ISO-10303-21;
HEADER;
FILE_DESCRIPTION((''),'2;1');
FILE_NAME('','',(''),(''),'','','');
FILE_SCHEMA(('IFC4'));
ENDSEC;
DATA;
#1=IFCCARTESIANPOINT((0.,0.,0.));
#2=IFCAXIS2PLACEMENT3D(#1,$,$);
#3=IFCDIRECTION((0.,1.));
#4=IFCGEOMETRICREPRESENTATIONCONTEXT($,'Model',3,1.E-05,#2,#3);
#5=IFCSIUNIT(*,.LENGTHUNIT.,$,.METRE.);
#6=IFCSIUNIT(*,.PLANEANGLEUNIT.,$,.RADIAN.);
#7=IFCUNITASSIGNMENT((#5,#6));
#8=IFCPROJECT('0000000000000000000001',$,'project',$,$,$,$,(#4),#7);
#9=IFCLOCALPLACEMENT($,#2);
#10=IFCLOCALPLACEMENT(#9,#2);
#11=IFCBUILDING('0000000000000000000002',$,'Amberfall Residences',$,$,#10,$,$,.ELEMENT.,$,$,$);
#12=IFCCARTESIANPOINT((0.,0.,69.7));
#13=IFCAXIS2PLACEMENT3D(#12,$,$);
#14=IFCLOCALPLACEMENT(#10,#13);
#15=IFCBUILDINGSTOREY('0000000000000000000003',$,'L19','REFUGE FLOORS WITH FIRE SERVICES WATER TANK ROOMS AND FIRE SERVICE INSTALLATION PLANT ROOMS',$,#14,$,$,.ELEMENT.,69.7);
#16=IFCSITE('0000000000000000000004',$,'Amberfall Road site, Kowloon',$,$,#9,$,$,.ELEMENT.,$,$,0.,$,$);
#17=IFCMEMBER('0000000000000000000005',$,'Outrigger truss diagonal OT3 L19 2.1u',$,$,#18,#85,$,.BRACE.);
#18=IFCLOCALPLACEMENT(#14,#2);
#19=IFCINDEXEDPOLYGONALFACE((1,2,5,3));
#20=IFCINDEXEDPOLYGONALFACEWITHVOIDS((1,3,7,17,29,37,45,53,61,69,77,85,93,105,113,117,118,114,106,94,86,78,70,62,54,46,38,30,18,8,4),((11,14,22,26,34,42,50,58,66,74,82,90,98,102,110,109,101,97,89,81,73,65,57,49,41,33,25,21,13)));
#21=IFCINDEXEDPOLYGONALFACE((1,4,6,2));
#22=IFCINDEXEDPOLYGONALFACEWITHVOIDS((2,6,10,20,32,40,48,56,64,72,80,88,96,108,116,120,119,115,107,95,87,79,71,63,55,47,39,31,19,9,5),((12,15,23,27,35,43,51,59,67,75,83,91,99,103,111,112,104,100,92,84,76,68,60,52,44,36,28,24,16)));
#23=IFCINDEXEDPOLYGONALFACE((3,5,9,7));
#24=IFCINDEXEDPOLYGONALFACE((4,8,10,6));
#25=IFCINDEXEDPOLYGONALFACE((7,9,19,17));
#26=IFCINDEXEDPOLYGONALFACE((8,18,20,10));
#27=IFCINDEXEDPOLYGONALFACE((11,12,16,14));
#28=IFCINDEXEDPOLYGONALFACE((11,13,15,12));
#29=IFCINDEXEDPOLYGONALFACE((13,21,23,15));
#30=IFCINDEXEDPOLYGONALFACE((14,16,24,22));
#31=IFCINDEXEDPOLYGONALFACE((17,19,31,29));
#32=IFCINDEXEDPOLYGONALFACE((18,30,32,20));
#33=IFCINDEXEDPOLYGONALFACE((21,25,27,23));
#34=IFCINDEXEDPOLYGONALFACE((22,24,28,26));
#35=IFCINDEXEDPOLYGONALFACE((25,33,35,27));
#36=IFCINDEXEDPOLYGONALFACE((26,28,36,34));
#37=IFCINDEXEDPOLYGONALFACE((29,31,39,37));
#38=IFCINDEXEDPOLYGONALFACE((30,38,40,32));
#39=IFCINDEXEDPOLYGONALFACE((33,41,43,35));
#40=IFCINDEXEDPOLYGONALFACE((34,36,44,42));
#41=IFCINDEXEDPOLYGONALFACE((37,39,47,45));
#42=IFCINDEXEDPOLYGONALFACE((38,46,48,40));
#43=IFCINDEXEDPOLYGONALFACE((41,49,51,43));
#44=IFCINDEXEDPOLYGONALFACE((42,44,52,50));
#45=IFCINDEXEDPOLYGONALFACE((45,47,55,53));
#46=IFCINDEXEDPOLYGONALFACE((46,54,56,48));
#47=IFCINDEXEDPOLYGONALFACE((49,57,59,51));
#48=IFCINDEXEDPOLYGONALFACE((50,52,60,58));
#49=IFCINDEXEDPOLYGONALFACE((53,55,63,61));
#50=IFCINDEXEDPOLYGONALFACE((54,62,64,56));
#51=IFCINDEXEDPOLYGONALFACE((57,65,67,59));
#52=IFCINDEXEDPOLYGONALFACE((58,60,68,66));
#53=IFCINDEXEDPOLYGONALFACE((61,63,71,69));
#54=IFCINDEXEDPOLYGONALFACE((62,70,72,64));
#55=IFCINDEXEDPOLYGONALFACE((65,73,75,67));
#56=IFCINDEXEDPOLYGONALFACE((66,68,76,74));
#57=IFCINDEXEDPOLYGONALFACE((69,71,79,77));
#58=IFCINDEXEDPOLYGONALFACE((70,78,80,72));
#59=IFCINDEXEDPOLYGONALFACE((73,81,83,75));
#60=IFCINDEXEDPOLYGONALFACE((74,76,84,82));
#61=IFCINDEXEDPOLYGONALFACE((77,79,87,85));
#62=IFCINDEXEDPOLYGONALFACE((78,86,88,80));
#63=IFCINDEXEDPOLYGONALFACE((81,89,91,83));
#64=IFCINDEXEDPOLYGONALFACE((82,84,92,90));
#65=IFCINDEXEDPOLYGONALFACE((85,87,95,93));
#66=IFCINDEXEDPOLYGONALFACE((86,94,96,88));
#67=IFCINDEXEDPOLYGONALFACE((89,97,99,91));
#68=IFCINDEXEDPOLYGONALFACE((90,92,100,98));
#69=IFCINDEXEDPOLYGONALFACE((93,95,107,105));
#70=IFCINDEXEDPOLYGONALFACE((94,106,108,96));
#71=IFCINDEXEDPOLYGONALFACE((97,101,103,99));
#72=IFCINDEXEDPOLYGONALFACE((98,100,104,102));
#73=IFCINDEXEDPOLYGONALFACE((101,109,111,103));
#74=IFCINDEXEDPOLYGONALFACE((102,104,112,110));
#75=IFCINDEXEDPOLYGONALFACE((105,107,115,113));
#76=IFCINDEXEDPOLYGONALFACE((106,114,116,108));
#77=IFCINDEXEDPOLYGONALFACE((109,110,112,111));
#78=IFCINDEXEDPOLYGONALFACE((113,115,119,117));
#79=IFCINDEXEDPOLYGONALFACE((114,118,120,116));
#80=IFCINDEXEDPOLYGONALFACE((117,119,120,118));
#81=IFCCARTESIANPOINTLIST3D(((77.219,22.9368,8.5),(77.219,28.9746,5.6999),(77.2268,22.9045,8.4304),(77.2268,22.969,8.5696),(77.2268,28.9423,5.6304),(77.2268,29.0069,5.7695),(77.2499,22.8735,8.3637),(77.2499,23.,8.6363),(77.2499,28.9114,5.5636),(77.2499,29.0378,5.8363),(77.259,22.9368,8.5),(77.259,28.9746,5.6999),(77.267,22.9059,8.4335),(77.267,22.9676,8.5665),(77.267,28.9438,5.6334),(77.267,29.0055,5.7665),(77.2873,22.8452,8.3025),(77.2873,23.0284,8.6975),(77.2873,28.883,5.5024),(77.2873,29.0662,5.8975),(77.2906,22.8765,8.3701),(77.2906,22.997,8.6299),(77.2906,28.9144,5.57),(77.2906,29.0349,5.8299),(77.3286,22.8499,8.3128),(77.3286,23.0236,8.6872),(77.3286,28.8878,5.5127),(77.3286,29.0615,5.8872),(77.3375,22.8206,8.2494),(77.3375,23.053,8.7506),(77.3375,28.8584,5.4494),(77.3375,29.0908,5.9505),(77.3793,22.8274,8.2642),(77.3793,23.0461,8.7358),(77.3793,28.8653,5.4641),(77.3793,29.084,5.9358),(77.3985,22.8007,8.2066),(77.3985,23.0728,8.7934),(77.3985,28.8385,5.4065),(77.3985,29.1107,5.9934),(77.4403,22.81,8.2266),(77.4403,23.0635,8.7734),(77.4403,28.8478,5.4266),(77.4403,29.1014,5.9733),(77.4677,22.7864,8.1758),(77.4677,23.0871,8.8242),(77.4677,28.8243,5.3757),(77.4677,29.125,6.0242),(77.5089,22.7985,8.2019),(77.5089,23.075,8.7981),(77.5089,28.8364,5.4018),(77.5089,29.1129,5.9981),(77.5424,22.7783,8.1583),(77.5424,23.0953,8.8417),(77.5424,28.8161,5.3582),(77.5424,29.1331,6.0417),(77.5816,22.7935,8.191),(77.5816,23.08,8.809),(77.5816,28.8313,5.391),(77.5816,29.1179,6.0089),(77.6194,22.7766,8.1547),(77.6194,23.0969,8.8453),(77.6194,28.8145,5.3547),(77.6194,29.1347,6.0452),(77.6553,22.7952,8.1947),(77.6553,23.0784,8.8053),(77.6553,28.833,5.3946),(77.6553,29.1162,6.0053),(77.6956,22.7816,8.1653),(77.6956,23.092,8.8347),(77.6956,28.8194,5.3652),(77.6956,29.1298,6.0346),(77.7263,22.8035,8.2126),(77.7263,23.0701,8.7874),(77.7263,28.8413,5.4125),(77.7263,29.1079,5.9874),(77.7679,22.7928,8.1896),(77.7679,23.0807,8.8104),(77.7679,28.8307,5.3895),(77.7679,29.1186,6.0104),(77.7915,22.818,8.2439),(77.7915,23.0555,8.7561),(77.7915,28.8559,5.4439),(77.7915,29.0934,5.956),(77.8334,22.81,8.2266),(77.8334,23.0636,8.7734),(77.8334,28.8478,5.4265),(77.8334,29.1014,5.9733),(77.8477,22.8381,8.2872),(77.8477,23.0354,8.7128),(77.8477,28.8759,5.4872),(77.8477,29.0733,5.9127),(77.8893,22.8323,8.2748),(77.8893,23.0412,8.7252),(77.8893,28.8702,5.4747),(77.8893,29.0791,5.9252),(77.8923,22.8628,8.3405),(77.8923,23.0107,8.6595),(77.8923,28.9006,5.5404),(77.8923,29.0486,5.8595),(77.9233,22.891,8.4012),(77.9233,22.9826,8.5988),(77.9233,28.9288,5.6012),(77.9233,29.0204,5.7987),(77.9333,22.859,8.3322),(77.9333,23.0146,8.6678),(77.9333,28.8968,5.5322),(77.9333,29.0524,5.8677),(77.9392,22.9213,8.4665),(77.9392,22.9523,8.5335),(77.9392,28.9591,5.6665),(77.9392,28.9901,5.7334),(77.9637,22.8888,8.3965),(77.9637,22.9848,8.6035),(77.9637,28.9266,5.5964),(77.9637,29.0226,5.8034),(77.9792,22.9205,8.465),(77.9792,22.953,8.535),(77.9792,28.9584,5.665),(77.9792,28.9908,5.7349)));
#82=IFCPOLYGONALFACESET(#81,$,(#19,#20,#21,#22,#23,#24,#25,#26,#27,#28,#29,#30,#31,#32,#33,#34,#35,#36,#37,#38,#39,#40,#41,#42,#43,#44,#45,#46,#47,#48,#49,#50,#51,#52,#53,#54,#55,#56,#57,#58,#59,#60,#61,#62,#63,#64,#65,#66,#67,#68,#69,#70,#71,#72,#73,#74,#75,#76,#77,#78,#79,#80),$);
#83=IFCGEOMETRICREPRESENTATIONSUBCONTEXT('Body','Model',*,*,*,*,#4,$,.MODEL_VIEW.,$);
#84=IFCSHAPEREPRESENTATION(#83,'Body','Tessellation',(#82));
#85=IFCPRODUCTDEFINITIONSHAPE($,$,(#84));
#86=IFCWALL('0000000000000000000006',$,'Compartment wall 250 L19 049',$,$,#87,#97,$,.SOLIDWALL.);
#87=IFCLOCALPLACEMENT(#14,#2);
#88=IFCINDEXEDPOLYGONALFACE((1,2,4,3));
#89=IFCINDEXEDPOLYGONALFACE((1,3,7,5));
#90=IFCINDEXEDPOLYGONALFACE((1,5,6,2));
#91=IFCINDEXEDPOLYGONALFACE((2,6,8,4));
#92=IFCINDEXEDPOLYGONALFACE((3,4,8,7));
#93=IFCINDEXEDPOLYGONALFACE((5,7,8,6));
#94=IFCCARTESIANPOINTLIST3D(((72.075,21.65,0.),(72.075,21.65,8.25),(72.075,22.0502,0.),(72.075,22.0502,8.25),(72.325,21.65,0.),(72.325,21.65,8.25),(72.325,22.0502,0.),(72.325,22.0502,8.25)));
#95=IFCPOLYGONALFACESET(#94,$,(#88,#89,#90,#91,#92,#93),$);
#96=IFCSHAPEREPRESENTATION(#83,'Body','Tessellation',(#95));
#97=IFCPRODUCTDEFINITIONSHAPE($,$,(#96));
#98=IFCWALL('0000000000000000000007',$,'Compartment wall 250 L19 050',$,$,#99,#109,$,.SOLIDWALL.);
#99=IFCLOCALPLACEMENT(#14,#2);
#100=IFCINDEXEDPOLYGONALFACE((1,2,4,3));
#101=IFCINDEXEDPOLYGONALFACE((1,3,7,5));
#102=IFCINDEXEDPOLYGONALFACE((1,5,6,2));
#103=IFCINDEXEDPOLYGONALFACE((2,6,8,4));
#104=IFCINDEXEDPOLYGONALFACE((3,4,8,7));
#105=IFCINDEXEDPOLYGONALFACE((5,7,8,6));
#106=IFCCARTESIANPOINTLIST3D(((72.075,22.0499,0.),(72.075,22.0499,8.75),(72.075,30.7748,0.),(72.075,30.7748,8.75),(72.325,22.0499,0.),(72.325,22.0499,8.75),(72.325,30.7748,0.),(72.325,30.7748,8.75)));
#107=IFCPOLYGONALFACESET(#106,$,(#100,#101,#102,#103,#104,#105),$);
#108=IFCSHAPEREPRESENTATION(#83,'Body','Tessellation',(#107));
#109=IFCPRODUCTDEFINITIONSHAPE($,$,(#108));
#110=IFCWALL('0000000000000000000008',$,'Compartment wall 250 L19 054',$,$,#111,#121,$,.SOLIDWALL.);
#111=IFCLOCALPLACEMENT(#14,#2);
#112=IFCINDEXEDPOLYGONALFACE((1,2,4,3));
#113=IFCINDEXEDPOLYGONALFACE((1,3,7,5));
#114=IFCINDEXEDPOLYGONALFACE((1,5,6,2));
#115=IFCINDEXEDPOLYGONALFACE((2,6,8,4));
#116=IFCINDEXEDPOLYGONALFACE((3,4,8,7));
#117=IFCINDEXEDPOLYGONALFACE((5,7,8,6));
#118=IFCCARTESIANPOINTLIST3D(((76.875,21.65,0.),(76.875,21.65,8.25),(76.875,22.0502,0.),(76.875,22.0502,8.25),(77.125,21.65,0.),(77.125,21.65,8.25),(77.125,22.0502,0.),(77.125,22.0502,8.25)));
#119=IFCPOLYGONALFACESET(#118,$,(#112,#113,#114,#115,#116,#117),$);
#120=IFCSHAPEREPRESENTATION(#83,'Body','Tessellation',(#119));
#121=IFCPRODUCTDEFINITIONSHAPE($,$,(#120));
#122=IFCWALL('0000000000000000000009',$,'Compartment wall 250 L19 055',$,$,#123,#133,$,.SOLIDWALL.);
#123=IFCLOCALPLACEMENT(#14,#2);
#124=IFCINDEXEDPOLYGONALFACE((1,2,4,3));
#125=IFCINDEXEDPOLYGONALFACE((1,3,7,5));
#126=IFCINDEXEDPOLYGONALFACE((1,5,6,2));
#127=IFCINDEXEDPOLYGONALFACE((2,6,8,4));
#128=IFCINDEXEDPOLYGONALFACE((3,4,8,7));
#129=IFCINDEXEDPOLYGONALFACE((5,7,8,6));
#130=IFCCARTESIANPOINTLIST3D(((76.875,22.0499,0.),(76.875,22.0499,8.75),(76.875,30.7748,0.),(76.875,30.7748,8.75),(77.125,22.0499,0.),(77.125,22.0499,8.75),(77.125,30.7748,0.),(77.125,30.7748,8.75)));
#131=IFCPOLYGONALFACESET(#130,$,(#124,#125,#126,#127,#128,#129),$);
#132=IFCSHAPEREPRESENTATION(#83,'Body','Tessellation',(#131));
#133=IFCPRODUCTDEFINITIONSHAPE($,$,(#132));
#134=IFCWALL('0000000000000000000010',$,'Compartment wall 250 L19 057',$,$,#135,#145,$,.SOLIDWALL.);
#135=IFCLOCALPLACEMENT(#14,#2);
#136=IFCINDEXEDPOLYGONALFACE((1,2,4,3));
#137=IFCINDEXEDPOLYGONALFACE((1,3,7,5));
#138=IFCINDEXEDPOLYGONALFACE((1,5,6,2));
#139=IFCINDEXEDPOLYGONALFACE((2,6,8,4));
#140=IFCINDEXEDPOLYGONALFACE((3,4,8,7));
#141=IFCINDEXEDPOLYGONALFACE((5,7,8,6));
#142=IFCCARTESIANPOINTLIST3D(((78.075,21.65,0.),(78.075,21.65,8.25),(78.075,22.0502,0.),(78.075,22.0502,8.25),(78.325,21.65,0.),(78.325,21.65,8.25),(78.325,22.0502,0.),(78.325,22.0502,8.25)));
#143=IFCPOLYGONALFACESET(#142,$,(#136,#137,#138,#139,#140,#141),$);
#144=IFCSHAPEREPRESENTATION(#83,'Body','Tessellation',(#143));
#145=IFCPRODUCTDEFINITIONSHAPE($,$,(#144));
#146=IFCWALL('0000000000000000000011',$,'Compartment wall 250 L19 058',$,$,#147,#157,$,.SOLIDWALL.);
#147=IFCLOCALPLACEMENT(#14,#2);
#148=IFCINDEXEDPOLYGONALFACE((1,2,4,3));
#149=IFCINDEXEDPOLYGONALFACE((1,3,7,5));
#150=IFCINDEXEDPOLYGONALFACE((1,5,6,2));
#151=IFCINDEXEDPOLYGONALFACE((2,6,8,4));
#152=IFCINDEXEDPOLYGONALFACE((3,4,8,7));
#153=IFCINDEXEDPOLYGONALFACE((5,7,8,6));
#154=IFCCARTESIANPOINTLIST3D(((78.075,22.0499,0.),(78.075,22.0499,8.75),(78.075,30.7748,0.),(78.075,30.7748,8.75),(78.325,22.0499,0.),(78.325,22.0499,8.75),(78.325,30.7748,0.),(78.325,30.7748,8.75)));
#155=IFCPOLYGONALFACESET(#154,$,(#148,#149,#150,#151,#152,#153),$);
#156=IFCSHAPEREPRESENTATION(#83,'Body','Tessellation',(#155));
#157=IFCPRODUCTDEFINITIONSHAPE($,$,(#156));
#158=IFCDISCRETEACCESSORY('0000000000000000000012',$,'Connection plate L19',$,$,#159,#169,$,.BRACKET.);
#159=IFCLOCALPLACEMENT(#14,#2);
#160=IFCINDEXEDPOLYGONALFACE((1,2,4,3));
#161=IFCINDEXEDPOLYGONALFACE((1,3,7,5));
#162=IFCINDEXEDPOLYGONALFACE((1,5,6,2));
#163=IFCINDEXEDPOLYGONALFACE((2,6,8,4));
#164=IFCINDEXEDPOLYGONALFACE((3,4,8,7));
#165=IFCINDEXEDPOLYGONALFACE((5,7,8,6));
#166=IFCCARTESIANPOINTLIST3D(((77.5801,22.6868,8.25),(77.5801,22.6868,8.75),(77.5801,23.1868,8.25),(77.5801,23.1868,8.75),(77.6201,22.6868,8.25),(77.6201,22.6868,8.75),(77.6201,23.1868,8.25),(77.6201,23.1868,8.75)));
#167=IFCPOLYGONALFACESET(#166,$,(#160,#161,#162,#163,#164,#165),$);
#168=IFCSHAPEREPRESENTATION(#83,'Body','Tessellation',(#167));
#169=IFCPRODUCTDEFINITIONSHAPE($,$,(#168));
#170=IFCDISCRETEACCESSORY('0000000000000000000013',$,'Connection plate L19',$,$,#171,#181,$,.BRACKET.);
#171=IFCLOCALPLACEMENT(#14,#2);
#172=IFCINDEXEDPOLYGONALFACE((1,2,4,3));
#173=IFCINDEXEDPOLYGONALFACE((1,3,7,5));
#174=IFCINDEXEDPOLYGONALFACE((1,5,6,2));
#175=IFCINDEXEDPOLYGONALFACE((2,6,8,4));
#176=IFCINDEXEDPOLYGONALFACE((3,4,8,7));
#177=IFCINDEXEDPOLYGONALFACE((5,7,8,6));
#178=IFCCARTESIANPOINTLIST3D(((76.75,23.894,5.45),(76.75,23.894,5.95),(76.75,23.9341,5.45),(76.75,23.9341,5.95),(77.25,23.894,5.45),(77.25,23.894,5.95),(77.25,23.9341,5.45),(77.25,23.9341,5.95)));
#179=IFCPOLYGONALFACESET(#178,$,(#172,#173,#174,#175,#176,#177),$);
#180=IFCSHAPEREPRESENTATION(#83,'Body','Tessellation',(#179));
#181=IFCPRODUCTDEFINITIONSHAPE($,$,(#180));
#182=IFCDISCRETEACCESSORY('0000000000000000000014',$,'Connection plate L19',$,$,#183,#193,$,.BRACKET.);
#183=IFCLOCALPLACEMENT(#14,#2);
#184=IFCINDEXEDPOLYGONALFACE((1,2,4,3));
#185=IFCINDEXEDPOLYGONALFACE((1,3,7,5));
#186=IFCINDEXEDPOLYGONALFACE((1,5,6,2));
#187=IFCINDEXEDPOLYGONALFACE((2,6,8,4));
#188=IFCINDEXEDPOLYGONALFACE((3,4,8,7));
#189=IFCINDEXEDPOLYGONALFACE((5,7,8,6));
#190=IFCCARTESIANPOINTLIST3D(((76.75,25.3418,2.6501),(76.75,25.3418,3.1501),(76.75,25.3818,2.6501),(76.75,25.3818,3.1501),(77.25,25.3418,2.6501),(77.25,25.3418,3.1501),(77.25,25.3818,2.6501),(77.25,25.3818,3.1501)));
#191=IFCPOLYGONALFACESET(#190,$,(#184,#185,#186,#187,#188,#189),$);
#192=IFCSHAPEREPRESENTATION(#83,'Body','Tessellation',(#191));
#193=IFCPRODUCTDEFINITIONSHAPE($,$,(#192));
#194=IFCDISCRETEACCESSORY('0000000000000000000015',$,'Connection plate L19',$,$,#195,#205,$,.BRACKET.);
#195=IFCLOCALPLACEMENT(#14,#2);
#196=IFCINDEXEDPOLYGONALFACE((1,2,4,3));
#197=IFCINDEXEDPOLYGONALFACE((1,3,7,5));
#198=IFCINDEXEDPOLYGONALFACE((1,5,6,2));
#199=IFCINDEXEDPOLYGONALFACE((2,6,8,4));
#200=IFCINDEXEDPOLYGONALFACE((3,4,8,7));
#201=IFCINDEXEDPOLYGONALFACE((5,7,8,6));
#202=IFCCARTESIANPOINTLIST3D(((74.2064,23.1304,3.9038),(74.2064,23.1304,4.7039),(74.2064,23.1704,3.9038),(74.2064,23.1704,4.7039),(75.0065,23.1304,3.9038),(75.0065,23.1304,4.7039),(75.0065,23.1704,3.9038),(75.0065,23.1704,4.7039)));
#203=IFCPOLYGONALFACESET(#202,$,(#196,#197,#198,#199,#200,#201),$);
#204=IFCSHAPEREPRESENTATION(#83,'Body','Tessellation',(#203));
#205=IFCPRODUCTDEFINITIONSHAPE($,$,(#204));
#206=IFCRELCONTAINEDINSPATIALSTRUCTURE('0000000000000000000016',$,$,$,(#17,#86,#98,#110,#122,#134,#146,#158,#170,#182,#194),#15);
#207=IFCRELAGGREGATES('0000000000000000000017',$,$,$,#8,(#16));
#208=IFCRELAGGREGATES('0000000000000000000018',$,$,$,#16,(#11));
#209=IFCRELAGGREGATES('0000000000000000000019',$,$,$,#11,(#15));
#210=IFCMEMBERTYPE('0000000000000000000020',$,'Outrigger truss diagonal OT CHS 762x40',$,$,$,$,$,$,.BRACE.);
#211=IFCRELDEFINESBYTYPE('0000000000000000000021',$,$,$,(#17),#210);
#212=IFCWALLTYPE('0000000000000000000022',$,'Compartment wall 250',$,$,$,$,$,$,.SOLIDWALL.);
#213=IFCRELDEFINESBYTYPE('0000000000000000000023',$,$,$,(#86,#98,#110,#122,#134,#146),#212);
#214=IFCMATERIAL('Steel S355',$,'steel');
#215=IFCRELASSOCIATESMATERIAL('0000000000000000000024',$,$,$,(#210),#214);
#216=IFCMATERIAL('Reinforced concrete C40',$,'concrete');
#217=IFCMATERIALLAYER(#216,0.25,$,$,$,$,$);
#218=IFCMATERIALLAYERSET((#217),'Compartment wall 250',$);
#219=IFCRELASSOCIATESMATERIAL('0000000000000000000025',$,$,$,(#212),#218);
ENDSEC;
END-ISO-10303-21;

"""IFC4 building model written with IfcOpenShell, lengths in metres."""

from ifc_helpers import new_model, si_unit, direction, frame, frame_2d, origin, origin_2d, place, context, subcontext, project, spatial, rectangle, hollow_circle, extrude, material, layer, layer_set, material_profile, profile_set, type_object, element, save


model = new_model("IFC4")

# Units and contexts
model_context = context("Model", 3, precision=1e-05, world=origin(), true_north=direction((0.0, 1.0)))
body_context = subcontext(model_context, "Body", "Model", "MODEL_VIEW")
ifc_project = project(units=[si_unit("LENGTHUNIT", "METRE"), si_unit("PLANEANGLEUNIT", "RADIAN")], contexts=[model_context])

# Site, building, storey
site_placement = place(None, origin())
site = spatial("IfcSite", under=ifc_project, at=site_placement, Name="Amberfall Road site, Kowloon", CompositionType="ELEMENT", RefElevation=0.0)
building_placement = place(site_placement, origin())
building = spatial("IfcBuilding", under=site, at=building_placement, Name="Amberfall Residences", CompositionType="ELEMENT")
storey_placement = place(building_placement, frame((0.0, 0.0, 69.7)))
storey = spatial("IfcBuildingStorey", under=building, at=storey_placement, Name="L19", Description="REFUGE FLOORS WITH FIRE SERVICES WATER TANK ROOMS AND FIRE SERVICE INSTALLATION PLANT ROOMS", CompositionType="ELEMENT", Elevation=69.7)

# Shared definitions
ifc_material_1 = material(Name="Steel S355", Category="steel")

# Member
ifc_material_profile_1 = material_profile(ifc_material_1, hollow_circle(Radius=0.3811, WallThickness=0.04, at=origin_2d()), Name="CHS 762x40")
ifc_profile_set_1 = profile_set([ifc_material_profile_1], Name="Steel S355")
member_type_1 = type_object("IfcMemberType", Name="Outrigger truss diagonal OT CHS 762x40", PredefinedType="BRACE", material=ifc_profile_set_1)
member_1_placement = place(storey_placement, frame((77.6001, 22.9368, 8.5), z_axis=(0.0, 0.907195, -0.420711), x_axis=(-1.0, 0.0, 0.0)))
element("IfcMember", 1, at=member_1_placement, inside=storey, type_object=member_type_1, Name="Outrigger truss diagonal OT3 L19 2.1u", PredefinedType="BRACE", context=body_context, shape_type="SweptSolid", body=[
    extrude(hollow_circle(Radius=0.3811, WallThickness=0.04, at=origin_2d()), origin(), (0.0, 0.0, 1.0), 6.6555),
])

# Walls
ifc_material_2 = material(Name="Reinforced concrete C40", Category="concrete")
ifc_layer = layer(ifc_material_2, 0.25)
ifc_layer_set = layer_set([ifc_layer], Name="Compartment wall 250")
wall_type = type_object("IfcWallType", Name="Compartment wall 250", PredefinedType="SOLIDWALL", material=ifc_layer_set)
wall_1_placement = place(storey_placement, frame((72.2, 21.6499, 0.0), z_axis=(0.0, 0.0, 1.0), x_axis=(0.0, 1.0, 0.0)))
element("IfcWall", 2, at=wall_1_placement, inside=storey, type_object=wall_type, Name="Compartment wall 250 L19 049", PredefinedType="SOLIDWALL", context=body_context, shape_type="SweptSolid", body=[
    extrude(rectangle(XDim=0.4001, YDim=0.25, at=frame_2d((0.2002, 0.0))), origin(), (0.0, 0.0, 1.0), 8.25),
])
wall_2_placement = place(storey_placement, frame((72.2, 22.05, 0.0), z_axis=(0.0, 0.0, 1.0), x_axis=(0.0, 1.0, 0.0)))
element("IfcWall", 3, at=wall_2_placement, inside=storey, type_object=wall_type, Name="Compartment wall 250 L19 050", PredefinedType="SOLIDWALL", context=body_context, shape_type="SweptSolid", body=[
    extrude(rectangle(XDim=8.7249, YDim=0.25, at=frame_2d((4.3623, 0.0))), origin(), (0.0, 0.0, 1.0), 8.75),
])
wall_3_placement = place(storey_placement, frame((77.0, 21.6499, 0.0), z_axis=(0.0, 0.0, 1.0), x_axis=(0.0, 1.0, 0.0)))
element("IfcWall", 4, at=wall_3_placement, inside=storey, type_object=wall_type, Name="Compartment wall 250 L19 054", PredefinedType="SOLIDWALL", context=body_context, shape_type="SweptSolid", body=[
    extrude(rectangle(XDim=0.4001, YDim=0.25, at=frame_2d((0.2002, 0.0))), origin(), (0.0, 0.0, 1.0), 8.25),
])
wall_4_placement = place(storey_placement, frame((77.0, 22.05, 0.0), z_axis=(0.0, 0.0, 1.0), x_axis=(0.0, 1.0, 0.0)))
element("IfcWall", 5, at=wall_4_placement, inside=storey, type_object=wall_type, Name="Compartment wall 250 L19 055", PredefinedType="SOLIDWALL", context=body_context, shape_type="SweptSolid", body=[
    extrude(rectangle(XDim=8.7249, YDim=0.25, at=frame_2d((4.3623, 0.0))), origin(), (0.0, 0.0, 1.0), 8.75),
])
wall_5_placement = place(storey_placement, frame((78.2, 21.6499, 0.0), z_axis=(0.0, 0.0, 1.0), x_axis=(0.0, 1.0, 0.0)))
element("IfcWall", 6, at=wall_5_placement, inside=storey, type_object=wall_type, Name="Compartment wall 250 L19 057", PredefinedType="SOLIDWALL", context=body_context, shape_type="SweptSolid", body=[
    extrude(rectangle(XDim=0.4001, YDim=0.25, at=frame_2d((0.2002, 0.0))), origin(), (0.0, 0.0, 1.0), 8.25),
])
wall_6_placement = place(storey_placement, frame((78.2, 22.05, 0.0), z_axis=(0.0, 0.0, 1.0), x_axis=(0.0, 1.0, 0.0)))
element("IfcWall", 7, at=wall_6_placement, inside=storey, type_object=wall_type, Name="Compartment wall 250 L19 058", PredefinedType="SOLIDWALL", context=body_context, shape_type="SweptSolid", body=[
    extrude(rectangle(XDim=8.7249, YDim=0.25, at=frame_2d((4.3623, 0.0))), origin(), (0.0, 0.0, 1.0), 8.75),
])

# Discrete accessories
for number, where, z_axis, x_axis, name in (
    (8, (77.6001, 22.9368, 8.25), (0.0, 0.0, 1.0), (0.0, 1.0, 0.0), "Connection plate L19"),
    (9, (77.0, 23.9141, 5.45), (0.0, 0.0, 1.0), (1.0, 0.0, 0.0), "Connection plate L19"),
    (10, (77.0, 25.3618, 2.6501), (0.0, 0.0, 1.0), (1.0, 0.0, 0.0), "Connection plate L19"),
):
    element("IfcDiscreteAccessory", number, at=place(storey_placement, frame(where, z_axis=z_axis, x_axis=x_axis)), inside=storey, Name=name, PredefinedType="BRACKET", context=body_context, shape_type="SweptSolid", body=[
        extrude(rectangle(XDim=0.5, YDim=0.04, at=origin_2d()), origin(), (0.0, 0.0, 1.0), 0.5),
    ])
discrete_accessory_1_placement = place(storey_placement, frame((74.6064, 23.1504, 3.9038), z_axis=(0.0, 0.0, 1.0), x_axis=(1.0, 0.0, 0.0)))
element("IfcDiscreteAccessory", 11, at=discrete_accessory_1_placement, inside=storey, Name="Connection plate L19", PredefinedType="BRACKET", context=body_context, shape_type="SweptSolid", body=[
    extrude(rectangle(XDim=0.8, YDim=0.04, at=origin_2d()), origin(), (0.0, 0.0, 1.0), 0.8),
])

save(model, "model.ifc")
